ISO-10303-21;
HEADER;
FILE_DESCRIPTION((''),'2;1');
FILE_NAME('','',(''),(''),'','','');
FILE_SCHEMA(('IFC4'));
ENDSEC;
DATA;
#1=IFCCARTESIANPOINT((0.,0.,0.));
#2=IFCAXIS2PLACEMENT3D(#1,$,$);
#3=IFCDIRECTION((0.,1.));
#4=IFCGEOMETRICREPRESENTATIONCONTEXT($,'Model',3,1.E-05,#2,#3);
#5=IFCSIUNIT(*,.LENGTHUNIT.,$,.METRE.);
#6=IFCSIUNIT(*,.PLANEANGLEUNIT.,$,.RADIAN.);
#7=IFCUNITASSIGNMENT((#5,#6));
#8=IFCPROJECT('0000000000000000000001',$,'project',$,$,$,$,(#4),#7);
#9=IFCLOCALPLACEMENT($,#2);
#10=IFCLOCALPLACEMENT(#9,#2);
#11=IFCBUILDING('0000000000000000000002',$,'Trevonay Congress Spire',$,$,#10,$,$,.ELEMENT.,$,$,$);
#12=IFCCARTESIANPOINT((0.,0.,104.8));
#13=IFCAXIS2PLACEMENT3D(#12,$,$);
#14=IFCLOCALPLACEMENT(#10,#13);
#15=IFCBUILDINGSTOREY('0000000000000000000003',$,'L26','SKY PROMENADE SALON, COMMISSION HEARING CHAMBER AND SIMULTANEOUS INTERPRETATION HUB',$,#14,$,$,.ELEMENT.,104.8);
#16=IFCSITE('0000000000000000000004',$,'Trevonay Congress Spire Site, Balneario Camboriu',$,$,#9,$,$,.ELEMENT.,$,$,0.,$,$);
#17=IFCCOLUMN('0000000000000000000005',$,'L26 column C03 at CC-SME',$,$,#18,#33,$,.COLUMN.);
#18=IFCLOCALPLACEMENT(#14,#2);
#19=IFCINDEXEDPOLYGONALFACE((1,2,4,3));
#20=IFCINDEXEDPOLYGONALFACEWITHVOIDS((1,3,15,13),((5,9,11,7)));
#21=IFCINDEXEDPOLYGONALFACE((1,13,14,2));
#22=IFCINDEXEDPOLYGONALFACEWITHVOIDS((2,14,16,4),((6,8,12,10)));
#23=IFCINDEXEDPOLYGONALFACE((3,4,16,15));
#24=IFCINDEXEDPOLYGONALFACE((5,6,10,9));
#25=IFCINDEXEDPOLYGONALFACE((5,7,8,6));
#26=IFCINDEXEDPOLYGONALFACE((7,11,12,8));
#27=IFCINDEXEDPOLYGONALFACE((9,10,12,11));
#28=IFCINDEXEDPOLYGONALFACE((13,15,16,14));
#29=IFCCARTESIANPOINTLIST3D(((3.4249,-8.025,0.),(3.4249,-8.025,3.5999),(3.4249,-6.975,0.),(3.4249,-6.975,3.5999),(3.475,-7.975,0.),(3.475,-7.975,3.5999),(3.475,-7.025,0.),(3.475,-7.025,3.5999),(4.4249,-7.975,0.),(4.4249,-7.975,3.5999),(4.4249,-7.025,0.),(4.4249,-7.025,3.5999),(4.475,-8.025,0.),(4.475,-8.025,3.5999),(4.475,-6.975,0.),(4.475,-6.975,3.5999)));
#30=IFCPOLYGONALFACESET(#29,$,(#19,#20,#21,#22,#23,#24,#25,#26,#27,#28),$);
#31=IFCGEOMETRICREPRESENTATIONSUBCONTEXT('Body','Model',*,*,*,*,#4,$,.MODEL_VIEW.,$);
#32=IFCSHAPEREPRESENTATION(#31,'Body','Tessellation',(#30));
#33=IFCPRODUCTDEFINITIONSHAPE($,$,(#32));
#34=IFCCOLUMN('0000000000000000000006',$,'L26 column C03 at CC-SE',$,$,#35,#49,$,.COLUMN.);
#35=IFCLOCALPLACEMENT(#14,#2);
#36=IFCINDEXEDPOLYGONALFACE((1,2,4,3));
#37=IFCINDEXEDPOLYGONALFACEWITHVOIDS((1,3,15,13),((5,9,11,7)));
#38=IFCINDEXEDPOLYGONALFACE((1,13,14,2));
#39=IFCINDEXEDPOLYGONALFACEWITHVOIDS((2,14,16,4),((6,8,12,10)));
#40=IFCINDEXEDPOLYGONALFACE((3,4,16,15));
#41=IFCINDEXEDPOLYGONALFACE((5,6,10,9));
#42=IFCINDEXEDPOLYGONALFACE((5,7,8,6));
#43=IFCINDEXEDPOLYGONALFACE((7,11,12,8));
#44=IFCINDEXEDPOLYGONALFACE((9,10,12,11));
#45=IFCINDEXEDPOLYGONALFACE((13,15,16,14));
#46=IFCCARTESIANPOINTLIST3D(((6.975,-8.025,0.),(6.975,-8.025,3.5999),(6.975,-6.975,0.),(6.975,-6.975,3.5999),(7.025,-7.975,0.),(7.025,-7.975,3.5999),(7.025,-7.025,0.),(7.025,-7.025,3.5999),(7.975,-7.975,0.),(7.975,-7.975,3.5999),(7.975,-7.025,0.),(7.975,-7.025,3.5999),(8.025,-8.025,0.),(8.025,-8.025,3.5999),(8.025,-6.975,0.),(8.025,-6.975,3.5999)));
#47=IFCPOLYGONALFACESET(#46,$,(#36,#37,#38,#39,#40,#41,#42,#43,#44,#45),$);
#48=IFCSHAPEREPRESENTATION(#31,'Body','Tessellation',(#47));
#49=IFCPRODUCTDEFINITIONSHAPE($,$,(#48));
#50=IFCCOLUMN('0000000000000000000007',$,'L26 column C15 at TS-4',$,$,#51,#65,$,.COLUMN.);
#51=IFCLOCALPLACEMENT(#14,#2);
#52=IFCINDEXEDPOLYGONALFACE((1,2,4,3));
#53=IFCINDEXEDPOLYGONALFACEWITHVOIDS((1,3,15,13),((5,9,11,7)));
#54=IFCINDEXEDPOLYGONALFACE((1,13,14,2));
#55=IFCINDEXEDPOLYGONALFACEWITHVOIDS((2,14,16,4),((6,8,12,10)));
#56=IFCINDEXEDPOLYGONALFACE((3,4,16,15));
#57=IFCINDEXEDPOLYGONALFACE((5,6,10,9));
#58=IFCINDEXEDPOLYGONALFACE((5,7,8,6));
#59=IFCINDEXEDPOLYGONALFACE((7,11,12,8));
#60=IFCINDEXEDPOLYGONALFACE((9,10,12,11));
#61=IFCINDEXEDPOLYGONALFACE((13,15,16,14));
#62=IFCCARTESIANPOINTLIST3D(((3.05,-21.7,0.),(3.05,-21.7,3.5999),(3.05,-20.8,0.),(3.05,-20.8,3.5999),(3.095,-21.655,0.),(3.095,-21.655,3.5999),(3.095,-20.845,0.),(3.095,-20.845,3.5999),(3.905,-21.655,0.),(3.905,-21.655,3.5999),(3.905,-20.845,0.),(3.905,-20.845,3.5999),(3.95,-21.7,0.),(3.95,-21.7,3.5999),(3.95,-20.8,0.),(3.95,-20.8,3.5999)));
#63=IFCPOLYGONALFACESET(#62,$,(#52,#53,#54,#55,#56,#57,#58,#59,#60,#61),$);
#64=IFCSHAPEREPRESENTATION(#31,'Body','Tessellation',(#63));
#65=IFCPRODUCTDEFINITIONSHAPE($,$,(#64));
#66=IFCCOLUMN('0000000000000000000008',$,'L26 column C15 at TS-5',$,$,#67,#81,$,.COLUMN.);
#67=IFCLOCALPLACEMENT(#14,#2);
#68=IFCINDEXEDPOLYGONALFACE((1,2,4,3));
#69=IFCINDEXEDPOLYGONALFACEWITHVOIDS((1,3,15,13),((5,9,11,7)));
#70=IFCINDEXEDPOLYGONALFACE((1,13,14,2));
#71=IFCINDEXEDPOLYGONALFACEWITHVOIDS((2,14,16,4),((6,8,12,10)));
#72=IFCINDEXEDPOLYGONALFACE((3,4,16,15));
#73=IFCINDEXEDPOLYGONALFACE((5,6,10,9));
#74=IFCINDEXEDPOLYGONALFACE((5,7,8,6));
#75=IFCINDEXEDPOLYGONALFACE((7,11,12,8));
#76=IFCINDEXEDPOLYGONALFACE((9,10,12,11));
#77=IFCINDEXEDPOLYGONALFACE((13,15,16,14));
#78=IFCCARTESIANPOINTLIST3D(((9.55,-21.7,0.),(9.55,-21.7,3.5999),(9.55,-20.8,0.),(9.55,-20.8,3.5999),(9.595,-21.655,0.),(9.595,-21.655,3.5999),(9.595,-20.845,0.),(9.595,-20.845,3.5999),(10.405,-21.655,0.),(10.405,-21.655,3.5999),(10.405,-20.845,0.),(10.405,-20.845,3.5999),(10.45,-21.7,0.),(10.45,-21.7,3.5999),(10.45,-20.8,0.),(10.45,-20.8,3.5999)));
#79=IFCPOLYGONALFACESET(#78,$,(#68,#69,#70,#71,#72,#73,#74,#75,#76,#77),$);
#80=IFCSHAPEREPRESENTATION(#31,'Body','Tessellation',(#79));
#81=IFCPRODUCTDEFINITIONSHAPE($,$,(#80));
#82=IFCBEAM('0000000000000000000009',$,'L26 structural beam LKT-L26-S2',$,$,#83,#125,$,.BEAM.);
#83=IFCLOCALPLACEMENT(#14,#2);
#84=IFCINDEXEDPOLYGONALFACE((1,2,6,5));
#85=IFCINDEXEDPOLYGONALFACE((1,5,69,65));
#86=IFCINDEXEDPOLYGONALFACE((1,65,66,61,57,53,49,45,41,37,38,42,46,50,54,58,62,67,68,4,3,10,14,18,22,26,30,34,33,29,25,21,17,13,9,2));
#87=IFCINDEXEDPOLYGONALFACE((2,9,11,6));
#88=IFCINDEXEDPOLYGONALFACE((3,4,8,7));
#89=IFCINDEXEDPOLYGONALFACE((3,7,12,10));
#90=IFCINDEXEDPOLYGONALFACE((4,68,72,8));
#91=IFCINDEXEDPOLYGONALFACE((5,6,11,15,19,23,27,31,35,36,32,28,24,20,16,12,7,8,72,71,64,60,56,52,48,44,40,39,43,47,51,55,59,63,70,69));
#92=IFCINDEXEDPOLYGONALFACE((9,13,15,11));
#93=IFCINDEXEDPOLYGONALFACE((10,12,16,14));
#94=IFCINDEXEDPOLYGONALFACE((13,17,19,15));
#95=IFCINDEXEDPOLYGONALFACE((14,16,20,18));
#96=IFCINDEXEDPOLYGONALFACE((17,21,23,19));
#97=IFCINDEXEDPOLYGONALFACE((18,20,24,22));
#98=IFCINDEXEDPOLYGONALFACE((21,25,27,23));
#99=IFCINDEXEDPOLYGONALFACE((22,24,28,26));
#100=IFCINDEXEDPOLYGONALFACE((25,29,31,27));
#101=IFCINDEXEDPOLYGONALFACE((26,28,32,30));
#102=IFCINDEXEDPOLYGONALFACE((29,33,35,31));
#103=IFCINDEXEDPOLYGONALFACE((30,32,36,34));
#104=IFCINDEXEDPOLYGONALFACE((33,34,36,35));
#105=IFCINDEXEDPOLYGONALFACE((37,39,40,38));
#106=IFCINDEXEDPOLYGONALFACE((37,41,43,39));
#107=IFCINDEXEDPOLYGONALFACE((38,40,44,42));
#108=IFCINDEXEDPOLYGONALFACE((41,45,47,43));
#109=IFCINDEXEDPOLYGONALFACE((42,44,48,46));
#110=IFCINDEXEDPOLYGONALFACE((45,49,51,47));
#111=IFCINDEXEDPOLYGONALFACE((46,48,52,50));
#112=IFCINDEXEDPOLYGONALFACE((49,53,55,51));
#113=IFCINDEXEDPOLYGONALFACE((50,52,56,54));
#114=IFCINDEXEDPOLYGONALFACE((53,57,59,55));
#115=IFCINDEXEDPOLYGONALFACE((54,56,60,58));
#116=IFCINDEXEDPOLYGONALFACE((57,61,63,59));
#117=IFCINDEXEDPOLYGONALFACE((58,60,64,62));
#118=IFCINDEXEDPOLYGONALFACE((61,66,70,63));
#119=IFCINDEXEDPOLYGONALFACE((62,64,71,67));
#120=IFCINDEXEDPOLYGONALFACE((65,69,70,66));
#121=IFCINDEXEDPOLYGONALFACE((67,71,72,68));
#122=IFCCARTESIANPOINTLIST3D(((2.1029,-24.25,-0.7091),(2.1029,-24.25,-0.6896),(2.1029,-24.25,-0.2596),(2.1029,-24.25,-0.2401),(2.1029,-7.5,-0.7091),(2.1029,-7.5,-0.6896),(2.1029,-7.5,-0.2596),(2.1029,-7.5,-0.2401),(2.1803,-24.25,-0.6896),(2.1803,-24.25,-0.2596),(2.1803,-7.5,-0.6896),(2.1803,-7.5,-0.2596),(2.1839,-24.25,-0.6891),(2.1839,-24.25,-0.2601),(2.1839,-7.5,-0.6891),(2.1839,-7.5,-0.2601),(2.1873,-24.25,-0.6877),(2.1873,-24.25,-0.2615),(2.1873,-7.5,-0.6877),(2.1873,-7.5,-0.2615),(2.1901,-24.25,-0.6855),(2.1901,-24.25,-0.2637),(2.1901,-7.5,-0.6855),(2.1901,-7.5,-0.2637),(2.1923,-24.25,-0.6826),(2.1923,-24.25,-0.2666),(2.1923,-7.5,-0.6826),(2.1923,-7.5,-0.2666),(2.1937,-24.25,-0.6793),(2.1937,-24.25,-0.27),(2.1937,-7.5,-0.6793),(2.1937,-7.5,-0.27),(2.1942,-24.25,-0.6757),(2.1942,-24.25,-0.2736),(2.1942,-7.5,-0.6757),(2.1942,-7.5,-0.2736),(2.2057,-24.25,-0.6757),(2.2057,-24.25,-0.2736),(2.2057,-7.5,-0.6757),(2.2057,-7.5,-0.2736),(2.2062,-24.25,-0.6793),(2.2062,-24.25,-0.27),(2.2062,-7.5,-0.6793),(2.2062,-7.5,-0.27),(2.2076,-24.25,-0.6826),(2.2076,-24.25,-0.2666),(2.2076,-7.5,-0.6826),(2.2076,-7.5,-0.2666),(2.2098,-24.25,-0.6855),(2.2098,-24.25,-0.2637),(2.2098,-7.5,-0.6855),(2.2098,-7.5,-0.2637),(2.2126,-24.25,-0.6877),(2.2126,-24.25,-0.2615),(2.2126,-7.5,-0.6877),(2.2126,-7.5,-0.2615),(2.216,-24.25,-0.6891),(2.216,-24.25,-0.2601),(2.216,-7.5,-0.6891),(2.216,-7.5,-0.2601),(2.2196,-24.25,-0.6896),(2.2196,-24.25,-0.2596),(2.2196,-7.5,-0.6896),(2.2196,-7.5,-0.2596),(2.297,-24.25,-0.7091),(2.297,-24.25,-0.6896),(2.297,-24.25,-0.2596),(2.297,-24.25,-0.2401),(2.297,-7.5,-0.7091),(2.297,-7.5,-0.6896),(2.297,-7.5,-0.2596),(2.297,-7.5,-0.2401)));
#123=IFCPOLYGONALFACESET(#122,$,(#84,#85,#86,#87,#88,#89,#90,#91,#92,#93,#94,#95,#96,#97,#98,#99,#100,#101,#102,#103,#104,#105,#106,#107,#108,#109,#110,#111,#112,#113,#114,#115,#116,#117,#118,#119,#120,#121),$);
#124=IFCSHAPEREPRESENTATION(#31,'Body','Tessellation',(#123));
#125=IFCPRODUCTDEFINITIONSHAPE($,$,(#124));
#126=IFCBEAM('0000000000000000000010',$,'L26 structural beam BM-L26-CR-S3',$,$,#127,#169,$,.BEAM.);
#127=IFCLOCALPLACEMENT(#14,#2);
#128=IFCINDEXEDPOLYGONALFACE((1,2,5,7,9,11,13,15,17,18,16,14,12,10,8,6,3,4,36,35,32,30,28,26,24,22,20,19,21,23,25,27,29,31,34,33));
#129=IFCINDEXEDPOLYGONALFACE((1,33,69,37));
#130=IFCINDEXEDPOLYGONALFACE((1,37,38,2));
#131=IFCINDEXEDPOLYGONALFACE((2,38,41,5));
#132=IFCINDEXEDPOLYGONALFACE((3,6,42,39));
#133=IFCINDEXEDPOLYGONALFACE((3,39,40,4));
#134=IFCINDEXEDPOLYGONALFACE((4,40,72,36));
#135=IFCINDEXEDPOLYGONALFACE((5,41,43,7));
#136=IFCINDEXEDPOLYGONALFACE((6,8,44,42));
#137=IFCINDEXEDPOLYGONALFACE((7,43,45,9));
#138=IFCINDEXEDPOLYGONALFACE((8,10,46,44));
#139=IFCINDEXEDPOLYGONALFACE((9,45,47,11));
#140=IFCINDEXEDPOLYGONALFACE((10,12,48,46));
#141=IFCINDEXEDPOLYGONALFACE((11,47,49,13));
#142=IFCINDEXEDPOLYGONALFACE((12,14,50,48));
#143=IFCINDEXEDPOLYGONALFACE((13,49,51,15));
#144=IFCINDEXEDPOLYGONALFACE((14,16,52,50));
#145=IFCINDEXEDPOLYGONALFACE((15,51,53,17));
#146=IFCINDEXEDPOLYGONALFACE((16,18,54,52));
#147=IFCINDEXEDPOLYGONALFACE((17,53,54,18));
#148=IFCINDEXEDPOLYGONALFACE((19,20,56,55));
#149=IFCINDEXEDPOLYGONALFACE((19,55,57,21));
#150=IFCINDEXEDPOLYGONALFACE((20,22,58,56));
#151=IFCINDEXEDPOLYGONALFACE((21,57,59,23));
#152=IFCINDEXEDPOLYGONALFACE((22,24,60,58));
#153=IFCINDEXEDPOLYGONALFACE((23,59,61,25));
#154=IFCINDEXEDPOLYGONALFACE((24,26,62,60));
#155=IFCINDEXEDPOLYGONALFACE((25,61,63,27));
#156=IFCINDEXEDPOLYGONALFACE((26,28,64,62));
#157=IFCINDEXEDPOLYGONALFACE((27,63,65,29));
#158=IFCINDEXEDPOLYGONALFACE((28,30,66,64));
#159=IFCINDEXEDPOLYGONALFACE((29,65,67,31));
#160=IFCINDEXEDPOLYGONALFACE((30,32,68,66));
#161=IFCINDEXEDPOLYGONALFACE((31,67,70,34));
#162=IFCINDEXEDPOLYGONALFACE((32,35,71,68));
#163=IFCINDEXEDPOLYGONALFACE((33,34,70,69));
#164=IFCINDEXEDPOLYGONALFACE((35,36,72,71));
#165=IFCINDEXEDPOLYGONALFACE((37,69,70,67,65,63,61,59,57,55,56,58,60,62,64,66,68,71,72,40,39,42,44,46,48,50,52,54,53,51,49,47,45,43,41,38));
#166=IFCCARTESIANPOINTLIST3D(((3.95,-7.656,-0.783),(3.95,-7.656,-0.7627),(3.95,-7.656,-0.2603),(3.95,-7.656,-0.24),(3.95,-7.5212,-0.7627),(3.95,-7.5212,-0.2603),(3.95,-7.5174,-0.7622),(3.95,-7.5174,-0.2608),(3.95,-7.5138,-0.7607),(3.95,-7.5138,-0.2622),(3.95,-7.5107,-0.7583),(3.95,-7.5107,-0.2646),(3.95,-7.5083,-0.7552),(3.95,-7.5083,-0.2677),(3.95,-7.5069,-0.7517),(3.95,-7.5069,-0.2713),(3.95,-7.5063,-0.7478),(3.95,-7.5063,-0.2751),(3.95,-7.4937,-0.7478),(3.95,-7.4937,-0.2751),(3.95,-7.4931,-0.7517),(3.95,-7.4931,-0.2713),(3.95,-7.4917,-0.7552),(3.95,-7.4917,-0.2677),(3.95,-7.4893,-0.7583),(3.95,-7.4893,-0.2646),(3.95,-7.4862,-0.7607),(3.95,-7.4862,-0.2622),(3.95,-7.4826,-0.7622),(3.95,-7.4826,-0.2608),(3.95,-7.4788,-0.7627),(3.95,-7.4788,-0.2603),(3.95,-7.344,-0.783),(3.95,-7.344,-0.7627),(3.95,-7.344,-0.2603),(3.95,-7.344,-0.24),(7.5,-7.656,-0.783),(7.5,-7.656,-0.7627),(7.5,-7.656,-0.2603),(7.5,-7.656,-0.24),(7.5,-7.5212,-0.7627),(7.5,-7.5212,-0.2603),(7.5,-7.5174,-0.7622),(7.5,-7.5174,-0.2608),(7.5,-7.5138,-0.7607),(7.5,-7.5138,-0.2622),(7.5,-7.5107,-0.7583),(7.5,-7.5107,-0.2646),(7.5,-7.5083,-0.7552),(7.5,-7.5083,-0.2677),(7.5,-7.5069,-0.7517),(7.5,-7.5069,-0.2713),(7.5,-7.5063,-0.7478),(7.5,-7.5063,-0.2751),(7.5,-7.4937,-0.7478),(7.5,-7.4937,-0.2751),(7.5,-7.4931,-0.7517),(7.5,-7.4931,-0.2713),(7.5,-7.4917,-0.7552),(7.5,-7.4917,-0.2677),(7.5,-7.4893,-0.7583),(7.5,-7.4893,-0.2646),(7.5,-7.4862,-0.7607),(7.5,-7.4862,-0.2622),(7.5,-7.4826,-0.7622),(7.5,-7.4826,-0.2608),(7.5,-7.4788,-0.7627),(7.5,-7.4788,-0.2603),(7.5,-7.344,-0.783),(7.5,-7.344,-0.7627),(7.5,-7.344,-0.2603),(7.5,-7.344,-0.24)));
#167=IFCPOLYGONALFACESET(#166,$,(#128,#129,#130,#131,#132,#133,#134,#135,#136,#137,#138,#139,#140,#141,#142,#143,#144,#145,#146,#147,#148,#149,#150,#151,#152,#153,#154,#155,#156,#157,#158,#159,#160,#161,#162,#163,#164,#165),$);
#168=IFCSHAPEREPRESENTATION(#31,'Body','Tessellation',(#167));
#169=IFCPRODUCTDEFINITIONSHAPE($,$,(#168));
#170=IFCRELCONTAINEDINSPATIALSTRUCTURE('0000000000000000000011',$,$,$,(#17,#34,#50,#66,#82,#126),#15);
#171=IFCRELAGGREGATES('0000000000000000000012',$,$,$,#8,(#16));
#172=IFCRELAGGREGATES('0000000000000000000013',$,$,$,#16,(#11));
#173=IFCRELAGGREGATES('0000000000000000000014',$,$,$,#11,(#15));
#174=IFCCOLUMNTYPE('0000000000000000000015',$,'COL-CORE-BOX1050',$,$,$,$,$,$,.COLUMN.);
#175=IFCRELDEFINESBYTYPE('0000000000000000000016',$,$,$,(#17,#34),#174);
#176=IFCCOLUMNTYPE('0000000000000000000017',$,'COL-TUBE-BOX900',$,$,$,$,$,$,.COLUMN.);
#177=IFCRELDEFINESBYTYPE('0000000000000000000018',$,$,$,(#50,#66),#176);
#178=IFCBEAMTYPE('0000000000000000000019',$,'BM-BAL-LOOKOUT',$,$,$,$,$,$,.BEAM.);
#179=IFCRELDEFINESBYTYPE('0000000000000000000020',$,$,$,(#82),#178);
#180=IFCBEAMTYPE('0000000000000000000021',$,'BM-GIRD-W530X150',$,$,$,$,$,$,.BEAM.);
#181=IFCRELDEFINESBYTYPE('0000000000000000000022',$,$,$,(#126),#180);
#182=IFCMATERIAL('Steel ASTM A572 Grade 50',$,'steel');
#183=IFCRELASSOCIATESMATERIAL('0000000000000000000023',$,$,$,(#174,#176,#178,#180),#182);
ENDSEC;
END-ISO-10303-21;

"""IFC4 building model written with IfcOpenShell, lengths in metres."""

from ifc_helpers import new_model, si_unit, direction, frame, origin, origin_2d, place, context, subcontext, project, spatial, hollow_rectangle, i_section, extrude, material, material_profile, profile_set, type_object, element, save


model = new_model("IFC4")

# Units and contexts
model_context = context("Model", 3, precision=1e-05, world=origin(), true_north=direction((0.0, 1.0)))
body_context = subcontext(model_context, "Body", "Model", "MODEL_VIEW")
ifc_project = project(units=[si_unit("LENGTHUNIT", "METRE"), si_unit("PLANEANGLEUNIT", "RADIAN")], contexts=[model_context])

# Site, building, storey
site_placement = place(None, origin())
site = spatial("IfcSite", under=ifc_project, at=site_placement, Name="Trevonay Congress Spire Site, Balneario Camboriu", CompositionType="ELEMENT", RefElevation=0.0)
building_placement = place(site_placement, origin())
building = spatial("IfcBuilding", under=site, at=building_placement, Name="Trevonay Congress Spire", CompositionType="ELEMENT")
storey_placement = place(building_placement, frame((0.0, 0.0, 104.8)))
storey = spatial("IfcBuildingStorey", under=building, at=storey_placement, Name="L26", Description="SKY PROMENADE SALON, COMMISSION HEARING CHAMBER AND SIMULTANEOUS INTERPRETATION HUB", CompositionType="ELEMENT", Elevation=104.8)

# Columns
ifc_material_1 = material(Name="Steel ASTM A572 Grade 50", Category="steel")
ifc_material_profile_1 = material_profile(ifc_material_1, hollow_rectangle(XDim=1.05, YDim=1.05, WallThickness=0.05, at=origin_2d()), Name="BOX 1050x1050x50")
ifc_profile_set_1 = profile_set([ifc_material_profile_1], Name="Steel ASTM A572 Grade 50")
column_type_1 = type_object("IfcColumnType", Name="COL-CORE-BOX1050", PredefinedType="COLUMN", material=ifc_profile_set_1)
for number, where, z_axis, x_axis, name in (
    (1, (3.95, -7.5, 0.0), (0.0, 0.0, 1.0), (1.0, 0.0, 0.0), "L26 column C03 at CC-SME"),
    (2, (7.5, -7.5, 0.0), (0.0, 0.0, 1.0), (1.0, 0.0, 0.0), "L26 column C03 at CC-SE"),
):
    element("IfcColumn", number, at=place(storey_placement, frame(where, z_axis=z_axis, x_axis=x_axis)), inside=storey, type_object=column_type_1, Name=name, PredefinedType="COLUMN", context=body_context, shape_type="SweptSolid", body=[
        extrude(hollow_rectangle(XDim=1.05, YDim=1.05, WallThickness=0.05, at=origin_2d()), origin(), (0.0, 0.0, 1.0), 3.5999),
    ])
ifc_material_profile_2 = material_profile(ifc_material_1, hollow_rectangle(XDim=0.8999, YDim=0.8999, WallThickness=0.0449, at=origin_2d()), Name="BOX 900x900x45")
ifc_profile_set_2 = profile_set([ifc_material_profile_2], Name="Steel ASTM A572 Grade 50")
column_type_2 = type_object("IfcColumnType", Name="COL-TUBE-BOX900", PredefinedType="COLUMN", material=ifc_profile_set_2)
for number, where, z_axis, x_axis, name in (
    (3, (3.5, -21.25, 0.0), (0.0, 0.0, 1.0), (1.0, 0.0, 0.0), "L26 column C15 at TS-4"),
    (4, (10.0, -21.25, 0.0), (0.0, 0.0, 1.0), (1.0, 0.0, 0.0), "L26 column C15 at TS-5"),
):
    element("IfcColumn", number, at=place(storey_placement, frame(where, z_axis=z_axis, x_axis=x_axis)), inside=storey, type_object=column_type_2, Name=name, PredefinedType="COLUMN", context=body_context, shape_type="SweptSolid", body=[
        extrude(hollow_rectangle(XDim=0.8999, YDim=0.8999, WallThickness=0.0449, at=origin_2d()), origin(), (0.0, 0.0, 1.0), 3.5999),
    ])

# Beams
ifc_material_profile_3 = material_profile(ifc_material_1, i_section(OverallWidth=0.1941, OverallDepth=0.469, WebThickness=0.0115, FlangeThickness=0.0195, FilletRadius=0.0139, at=origin_2d()), Name="W460x106")
ifc_profile_set_3 = profile_set([ifc_material_profile_3], Name="Steel ASTM A572 Grade 50")
beam_type_1 = type_object("IfcBeamType", Name="BM-BAL-LOOKOUT", PredefinedType="BEAM", material=ifc_profile_set_3)
beam_1_placement = place(storey_placement, frame((2.2, -7.5, -0.4746), z_axis=(0.0, -1.0, 0.0), x_axis=(1.0, 0.0, 0.0)))
element("IfcBeam", 5, at=beam_1_placement, inside=storey, type_object=beam_type_1, Name="L26 structural beam LKT-L26-S2", PredefinedType="BEAM", context=body_context, shape_type="SweptSolid", body=[
    extrude(i_section(OverallWidth=0.1941, OverallDepth=0.469, WebThickness=0.0115, FlangeThickness=0.0195, FilletRadius=0.0139, at=origin_2d()), origin(), (0.0, 0.0, 1.0), 16.75),
])
ifc_material_profile_4 = material_profile(ifc_material_1, i_section(OverallWidth=0.312, OverallDepth=0.543, WebThickness=0.0127, FlangeThickness=0.0203, FilletRadius=0.0149, at=origin_2d()), Name="W530x150")
ifc_profile_set_4 = profile_set([ifc_material_profile_4], Name="Steel ASTM A572 Grade 50")
beam_type_2 = type_object("IfcBeamType", Name="BM-GIRD-W530X150", PredefinedType="BEAM", material=ifc_profile_set_4)
beam_2_placement = place(storey_placement, frame((3.95, -7.5, -0.5115), z_axis=(1.0, 0.0, 0.0), x_axis=(0.0, 1.0, 0.0)))
element("IfcBeam", 6, at=beam_2_placement, inside=storey, type_object=beam_type_2, Name="L26 structural beam BM-L26-CR-S3", PredefinedType="BEAM", context=body_context, shape_type="SweptSolid", body=[
    extrude(i_section(OverallWidth=0.312, OverallDepth=0.543, WebThickness=0.0127, FlangeThickness=0.0203, FilletRadius=0.0149, at=origin_2d()), origin(), (0.0, 0.0, 1.0), 3.55),
])

save(model, "model.ifc")
